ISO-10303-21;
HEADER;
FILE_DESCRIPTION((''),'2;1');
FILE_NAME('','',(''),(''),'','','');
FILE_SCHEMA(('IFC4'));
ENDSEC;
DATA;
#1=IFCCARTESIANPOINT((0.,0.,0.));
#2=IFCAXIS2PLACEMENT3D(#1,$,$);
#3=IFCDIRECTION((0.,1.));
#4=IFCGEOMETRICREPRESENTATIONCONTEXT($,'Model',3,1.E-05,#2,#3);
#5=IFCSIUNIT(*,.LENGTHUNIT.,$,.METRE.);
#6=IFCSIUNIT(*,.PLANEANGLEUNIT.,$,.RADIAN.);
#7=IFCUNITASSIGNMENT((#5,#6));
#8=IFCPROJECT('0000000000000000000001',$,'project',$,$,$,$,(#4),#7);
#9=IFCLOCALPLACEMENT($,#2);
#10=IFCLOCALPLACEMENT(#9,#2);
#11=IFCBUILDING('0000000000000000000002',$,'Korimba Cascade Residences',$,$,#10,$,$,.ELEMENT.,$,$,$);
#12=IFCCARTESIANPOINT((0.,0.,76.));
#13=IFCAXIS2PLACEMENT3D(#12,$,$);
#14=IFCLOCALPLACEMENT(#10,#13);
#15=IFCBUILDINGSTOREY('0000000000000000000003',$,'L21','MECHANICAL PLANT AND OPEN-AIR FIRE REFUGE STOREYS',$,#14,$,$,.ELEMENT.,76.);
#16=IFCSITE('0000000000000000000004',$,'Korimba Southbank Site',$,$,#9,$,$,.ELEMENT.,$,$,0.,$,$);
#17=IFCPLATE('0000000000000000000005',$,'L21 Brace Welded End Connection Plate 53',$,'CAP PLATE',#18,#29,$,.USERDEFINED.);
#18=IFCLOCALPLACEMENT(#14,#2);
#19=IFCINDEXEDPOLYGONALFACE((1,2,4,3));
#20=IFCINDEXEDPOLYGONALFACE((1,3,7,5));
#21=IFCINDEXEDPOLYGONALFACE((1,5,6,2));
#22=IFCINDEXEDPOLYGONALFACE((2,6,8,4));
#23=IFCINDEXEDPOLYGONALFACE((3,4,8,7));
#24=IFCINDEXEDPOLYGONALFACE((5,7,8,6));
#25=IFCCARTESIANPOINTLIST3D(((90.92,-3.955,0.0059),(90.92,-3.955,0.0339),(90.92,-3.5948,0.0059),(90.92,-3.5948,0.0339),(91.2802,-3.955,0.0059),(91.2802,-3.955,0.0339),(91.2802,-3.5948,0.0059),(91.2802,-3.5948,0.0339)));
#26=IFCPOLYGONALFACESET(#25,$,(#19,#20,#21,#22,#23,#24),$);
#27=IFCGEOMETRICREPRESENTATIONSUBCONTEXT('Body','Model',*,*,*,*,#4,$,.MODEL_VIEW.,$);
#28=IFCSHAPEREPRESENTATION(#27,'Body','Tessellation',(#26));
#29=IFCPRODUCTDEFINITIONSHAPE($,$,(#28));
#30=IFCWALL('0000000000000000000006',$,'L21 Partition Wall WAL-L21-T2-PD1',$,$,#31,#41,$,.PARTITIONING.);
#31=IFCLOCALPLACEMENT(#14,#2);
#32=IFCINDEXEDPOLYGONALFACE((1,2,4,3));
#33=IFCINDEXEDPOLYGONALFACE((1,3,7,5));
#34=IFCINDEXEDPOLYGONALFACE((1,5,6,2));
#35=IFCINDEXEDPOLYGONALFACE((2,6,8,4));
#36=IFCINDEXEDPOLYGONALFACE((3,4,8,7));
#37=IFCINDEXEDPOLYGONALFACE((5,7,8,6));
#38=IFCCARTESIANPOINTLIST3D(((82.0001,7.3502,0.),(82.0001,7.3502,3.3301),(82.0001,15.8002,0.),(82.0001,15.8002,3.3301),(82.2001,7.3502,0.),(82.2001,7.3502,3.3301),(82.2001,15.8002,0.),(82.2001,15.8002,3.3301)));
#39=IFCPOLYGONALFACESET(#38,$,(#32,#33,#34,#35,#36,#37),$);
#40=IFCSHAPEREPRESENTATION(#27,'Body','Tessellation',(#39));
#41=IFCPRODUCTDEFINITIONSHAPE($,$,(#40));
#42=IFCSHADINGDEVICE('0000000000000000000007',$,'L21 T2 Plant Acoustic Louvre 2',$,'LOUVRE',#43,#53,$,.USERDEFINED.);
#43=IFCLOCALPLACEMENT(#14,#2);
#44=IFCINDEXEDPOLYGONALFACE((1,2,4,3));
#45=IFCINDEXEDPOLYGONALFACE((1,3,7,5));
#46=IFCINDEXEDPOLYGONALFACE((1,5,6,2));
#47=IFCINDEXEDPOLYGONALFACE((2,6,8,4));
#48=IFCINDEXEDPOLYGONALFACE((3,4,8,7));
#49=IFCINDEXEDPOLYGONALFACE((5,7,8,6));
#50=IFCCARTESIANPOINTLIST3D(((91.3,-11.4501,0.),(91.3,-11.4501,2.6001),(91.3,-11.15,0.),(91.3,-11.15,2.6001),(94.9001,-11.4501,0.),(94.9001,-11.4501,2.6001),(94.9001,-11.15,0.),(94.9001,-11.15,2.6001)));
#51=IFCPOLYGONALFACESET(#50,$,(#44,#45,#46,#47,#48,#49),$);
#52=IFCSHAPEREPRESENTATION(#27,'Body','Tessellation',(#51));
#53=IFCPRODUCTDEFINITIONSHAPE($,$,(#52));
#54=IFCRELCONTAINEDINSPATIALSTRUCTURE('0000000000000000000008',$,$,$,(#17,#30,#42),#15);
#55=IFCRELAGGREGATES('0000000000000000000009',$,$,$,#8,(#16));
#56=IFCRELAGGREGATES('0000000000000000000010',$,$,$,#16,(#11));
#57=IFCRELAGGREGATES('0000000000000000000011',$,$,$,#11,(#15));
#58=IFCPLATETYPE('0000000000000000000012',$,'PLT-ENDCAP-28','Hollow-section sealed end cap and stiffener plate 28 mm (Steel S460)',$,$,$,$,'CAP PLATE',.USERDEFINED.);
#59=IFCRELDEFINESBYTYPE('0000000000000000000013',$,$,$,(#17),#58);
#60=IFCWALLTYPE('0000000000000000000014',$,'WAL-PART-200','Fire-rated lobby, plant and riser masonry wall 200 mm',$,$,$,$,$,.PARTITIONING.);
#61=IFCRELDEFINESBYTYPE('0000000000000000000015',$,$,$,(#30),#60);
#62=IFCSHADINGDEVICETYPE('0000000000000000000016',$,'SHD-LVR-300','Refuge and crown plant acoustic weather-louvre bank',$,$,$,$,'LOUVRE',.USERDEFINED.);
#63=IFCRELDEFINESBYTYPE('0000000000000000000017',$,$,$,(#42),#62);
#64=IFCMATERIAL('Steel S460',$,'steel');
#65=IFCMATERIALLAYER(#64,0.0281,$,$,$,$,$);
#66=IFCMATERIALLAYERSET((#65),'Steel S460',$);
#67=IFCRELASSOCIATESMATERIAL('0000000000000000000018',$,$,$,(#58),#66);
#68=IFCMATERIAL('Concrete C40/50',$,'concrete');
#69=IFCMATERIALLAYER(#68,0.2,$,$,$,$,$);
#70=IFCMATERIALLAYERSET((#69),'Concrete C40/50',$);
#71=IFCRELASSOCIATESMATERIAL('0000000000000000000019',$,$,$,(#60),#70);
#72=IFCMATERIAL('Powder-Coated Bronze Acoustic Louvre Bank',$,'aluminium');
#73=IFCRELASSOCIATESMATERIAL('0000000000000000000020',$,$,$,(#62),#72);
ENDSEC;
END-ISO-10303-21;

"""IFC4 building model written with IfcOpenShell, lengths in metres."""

from ifc_helpers import new_model, si_unit, direction, frame, frame_2d, origin, origin_2d, place, context, subcontext, project, spatial, rectangle, extrude, material, layer, layer_set, type_object, element, save


model = new_model("IFC4")

# Units and contexts
model_context = context("Model", 3, precision=1e-05, world=origin(), true_north=direction((0.0, 1.0)))
body_context = subcontext(model_context, "Body", "Model", "MODEL_VIEW")
ifc_project = project(units=[si_unit("LENGTHUNIT", "METRE"), si_unit("PLANEANGLEUNIT", "RADIAN")], contexts=[model_context])

# Site, building, storey
site_placement = place(None, origin())
site = spatial("IfcSite", under=ifc_project, at=site_placement, Name="Korimba Southbank Site", CompositionType="ELEMENT", RefElevation=0.0)
building_placement = place(site_placement, origin())
building = spatial("IfcBuilding", under=site, at=building_placement, Name="Korimba Cascade Residences", CompositionType="ELEMENT")
storey_placement = place(building_placement, frame((0.0, 0.0, 76.0)))
storey = spatial("IfcBuildingStorey", under=building, at=storey_placement, Name="L21", Description="MECHANICAL PLANT AND OPEN-AIR FIRE REFUGE STOREYS", CompositionType="ELEMENT", Elevation=76.0)

# Shared definitions
ifc_material_1 = material(Name="Steel S460", Category="steel")

# Plate
ifc_layer_1 = layer(ifc_material_1, 0.0281)
ifc_layer_set_1 = layer_set([ifc_layer_1], Name="Steel S460")
plate_type = type_object("IfcPlateType", Name="PLT-ENDCAP-28", Description="Hollow-section sealed end cap and stiffener plate 28 mm (Steel S460)", ElementType="CAP PLATE", PredefinedType="USERDEFINED", material=ifc_layer_set_1)
for number, where, z_axis, x_axis, name in (
    (1, (91.1001, -3.7749, 0.0059), (0.0, 0.0, 1.0), (1.0, 0.0, 0.0), "L21 Brace Welded End Connection Plate 53"),
):
    element("IfcPlate", number, at=place(storey_placement, frame(where, z_axis=z_axis, x_axis=x_axis)), inside=storey, type_object=plate_type, Name=name, ObjectType="CAP PLATE", PredefinedType="USERDEFINED", context=body_context, shape_type="SweptSolid", body=[
        extrude(rectangle(XDim=0.3601, YDim=0.3601, at=origin_2d()), origin(), (0.0, 0.0, 1.0), 0.0281),
    ])

# Wall
ifc_material_2 = material(Name="Concrete C40/50", Category="concrete")
ifc_layer_2 = layer(ifc_material_2, 0.2)
ifc_layer_set_2 = layer_set([ifc_layer_2], Name="Concrete C40/50")
wall_type = type_object("IfcWallType", Name="WAL-PART-200", Description="Fire-rated lobby, plant and riser masonry wall 200 mm", PredefinedType="PARTITIONING", material=ifc_layer_set_2)
wall_placement = place(storey_placement, frame((82.1001, 7.3501, 0.0), z_axis=(0.0, 0.0, 1.0), x_axis=(0.0, 1.0, 0.0)))
element("IfcWall", 2, at=wall_placement, inside=storey, type_object=wall_type, Name="L21 Partition Wall WAL-L21-T2-PD1", PredefinedType="PARTITIONING", context=body_context, shape_type="SweptSolid", body=[
    extrude(rectangle(XDim=8.45, YDim=0.2, at=frame_2d((4.2251, 0.0))), origin(), (0.0, 0.0, 1.0), 3.3301),
])

# Shading device
ifc_material_3 = material(Name="Powder-Coated Bronze Acoustic Louvre Bank", Category="aluminium")
shading_device_type = type_object("IfcShadingDeviceType", Name="SHD-LVR-300", Description="Refuge and crown plant acoustic weather-louvre bank", ElementType="LOUVRE", PredefinedType="USERDEFINED", material=ifc_material_3)
shading_device_placement = place(storey_placement, frame((93.1001, -11.3, 0.0), z_axis=(0.0, 0.0, 1.0), x_axis=(1.0, 0.0, 0.0)))
element("IfcShadingDevice", 3, at=shading_device_placement, inside=storey, type_object=shading_device_type, Name="L21 T2 Plant Acoustic Louvre 2", ObjectType="LOUVRE", PredefinedType="USERDEFINED", context=body_context, shape_type="SweptSolid", body=[
    extrude(rectangle(XDim=3.6001, YDim=0.3, at=origin_2d()), origin(), (0.0, 0.0, 1.0), 2.6001),
])

save(model, "model.ifc")
